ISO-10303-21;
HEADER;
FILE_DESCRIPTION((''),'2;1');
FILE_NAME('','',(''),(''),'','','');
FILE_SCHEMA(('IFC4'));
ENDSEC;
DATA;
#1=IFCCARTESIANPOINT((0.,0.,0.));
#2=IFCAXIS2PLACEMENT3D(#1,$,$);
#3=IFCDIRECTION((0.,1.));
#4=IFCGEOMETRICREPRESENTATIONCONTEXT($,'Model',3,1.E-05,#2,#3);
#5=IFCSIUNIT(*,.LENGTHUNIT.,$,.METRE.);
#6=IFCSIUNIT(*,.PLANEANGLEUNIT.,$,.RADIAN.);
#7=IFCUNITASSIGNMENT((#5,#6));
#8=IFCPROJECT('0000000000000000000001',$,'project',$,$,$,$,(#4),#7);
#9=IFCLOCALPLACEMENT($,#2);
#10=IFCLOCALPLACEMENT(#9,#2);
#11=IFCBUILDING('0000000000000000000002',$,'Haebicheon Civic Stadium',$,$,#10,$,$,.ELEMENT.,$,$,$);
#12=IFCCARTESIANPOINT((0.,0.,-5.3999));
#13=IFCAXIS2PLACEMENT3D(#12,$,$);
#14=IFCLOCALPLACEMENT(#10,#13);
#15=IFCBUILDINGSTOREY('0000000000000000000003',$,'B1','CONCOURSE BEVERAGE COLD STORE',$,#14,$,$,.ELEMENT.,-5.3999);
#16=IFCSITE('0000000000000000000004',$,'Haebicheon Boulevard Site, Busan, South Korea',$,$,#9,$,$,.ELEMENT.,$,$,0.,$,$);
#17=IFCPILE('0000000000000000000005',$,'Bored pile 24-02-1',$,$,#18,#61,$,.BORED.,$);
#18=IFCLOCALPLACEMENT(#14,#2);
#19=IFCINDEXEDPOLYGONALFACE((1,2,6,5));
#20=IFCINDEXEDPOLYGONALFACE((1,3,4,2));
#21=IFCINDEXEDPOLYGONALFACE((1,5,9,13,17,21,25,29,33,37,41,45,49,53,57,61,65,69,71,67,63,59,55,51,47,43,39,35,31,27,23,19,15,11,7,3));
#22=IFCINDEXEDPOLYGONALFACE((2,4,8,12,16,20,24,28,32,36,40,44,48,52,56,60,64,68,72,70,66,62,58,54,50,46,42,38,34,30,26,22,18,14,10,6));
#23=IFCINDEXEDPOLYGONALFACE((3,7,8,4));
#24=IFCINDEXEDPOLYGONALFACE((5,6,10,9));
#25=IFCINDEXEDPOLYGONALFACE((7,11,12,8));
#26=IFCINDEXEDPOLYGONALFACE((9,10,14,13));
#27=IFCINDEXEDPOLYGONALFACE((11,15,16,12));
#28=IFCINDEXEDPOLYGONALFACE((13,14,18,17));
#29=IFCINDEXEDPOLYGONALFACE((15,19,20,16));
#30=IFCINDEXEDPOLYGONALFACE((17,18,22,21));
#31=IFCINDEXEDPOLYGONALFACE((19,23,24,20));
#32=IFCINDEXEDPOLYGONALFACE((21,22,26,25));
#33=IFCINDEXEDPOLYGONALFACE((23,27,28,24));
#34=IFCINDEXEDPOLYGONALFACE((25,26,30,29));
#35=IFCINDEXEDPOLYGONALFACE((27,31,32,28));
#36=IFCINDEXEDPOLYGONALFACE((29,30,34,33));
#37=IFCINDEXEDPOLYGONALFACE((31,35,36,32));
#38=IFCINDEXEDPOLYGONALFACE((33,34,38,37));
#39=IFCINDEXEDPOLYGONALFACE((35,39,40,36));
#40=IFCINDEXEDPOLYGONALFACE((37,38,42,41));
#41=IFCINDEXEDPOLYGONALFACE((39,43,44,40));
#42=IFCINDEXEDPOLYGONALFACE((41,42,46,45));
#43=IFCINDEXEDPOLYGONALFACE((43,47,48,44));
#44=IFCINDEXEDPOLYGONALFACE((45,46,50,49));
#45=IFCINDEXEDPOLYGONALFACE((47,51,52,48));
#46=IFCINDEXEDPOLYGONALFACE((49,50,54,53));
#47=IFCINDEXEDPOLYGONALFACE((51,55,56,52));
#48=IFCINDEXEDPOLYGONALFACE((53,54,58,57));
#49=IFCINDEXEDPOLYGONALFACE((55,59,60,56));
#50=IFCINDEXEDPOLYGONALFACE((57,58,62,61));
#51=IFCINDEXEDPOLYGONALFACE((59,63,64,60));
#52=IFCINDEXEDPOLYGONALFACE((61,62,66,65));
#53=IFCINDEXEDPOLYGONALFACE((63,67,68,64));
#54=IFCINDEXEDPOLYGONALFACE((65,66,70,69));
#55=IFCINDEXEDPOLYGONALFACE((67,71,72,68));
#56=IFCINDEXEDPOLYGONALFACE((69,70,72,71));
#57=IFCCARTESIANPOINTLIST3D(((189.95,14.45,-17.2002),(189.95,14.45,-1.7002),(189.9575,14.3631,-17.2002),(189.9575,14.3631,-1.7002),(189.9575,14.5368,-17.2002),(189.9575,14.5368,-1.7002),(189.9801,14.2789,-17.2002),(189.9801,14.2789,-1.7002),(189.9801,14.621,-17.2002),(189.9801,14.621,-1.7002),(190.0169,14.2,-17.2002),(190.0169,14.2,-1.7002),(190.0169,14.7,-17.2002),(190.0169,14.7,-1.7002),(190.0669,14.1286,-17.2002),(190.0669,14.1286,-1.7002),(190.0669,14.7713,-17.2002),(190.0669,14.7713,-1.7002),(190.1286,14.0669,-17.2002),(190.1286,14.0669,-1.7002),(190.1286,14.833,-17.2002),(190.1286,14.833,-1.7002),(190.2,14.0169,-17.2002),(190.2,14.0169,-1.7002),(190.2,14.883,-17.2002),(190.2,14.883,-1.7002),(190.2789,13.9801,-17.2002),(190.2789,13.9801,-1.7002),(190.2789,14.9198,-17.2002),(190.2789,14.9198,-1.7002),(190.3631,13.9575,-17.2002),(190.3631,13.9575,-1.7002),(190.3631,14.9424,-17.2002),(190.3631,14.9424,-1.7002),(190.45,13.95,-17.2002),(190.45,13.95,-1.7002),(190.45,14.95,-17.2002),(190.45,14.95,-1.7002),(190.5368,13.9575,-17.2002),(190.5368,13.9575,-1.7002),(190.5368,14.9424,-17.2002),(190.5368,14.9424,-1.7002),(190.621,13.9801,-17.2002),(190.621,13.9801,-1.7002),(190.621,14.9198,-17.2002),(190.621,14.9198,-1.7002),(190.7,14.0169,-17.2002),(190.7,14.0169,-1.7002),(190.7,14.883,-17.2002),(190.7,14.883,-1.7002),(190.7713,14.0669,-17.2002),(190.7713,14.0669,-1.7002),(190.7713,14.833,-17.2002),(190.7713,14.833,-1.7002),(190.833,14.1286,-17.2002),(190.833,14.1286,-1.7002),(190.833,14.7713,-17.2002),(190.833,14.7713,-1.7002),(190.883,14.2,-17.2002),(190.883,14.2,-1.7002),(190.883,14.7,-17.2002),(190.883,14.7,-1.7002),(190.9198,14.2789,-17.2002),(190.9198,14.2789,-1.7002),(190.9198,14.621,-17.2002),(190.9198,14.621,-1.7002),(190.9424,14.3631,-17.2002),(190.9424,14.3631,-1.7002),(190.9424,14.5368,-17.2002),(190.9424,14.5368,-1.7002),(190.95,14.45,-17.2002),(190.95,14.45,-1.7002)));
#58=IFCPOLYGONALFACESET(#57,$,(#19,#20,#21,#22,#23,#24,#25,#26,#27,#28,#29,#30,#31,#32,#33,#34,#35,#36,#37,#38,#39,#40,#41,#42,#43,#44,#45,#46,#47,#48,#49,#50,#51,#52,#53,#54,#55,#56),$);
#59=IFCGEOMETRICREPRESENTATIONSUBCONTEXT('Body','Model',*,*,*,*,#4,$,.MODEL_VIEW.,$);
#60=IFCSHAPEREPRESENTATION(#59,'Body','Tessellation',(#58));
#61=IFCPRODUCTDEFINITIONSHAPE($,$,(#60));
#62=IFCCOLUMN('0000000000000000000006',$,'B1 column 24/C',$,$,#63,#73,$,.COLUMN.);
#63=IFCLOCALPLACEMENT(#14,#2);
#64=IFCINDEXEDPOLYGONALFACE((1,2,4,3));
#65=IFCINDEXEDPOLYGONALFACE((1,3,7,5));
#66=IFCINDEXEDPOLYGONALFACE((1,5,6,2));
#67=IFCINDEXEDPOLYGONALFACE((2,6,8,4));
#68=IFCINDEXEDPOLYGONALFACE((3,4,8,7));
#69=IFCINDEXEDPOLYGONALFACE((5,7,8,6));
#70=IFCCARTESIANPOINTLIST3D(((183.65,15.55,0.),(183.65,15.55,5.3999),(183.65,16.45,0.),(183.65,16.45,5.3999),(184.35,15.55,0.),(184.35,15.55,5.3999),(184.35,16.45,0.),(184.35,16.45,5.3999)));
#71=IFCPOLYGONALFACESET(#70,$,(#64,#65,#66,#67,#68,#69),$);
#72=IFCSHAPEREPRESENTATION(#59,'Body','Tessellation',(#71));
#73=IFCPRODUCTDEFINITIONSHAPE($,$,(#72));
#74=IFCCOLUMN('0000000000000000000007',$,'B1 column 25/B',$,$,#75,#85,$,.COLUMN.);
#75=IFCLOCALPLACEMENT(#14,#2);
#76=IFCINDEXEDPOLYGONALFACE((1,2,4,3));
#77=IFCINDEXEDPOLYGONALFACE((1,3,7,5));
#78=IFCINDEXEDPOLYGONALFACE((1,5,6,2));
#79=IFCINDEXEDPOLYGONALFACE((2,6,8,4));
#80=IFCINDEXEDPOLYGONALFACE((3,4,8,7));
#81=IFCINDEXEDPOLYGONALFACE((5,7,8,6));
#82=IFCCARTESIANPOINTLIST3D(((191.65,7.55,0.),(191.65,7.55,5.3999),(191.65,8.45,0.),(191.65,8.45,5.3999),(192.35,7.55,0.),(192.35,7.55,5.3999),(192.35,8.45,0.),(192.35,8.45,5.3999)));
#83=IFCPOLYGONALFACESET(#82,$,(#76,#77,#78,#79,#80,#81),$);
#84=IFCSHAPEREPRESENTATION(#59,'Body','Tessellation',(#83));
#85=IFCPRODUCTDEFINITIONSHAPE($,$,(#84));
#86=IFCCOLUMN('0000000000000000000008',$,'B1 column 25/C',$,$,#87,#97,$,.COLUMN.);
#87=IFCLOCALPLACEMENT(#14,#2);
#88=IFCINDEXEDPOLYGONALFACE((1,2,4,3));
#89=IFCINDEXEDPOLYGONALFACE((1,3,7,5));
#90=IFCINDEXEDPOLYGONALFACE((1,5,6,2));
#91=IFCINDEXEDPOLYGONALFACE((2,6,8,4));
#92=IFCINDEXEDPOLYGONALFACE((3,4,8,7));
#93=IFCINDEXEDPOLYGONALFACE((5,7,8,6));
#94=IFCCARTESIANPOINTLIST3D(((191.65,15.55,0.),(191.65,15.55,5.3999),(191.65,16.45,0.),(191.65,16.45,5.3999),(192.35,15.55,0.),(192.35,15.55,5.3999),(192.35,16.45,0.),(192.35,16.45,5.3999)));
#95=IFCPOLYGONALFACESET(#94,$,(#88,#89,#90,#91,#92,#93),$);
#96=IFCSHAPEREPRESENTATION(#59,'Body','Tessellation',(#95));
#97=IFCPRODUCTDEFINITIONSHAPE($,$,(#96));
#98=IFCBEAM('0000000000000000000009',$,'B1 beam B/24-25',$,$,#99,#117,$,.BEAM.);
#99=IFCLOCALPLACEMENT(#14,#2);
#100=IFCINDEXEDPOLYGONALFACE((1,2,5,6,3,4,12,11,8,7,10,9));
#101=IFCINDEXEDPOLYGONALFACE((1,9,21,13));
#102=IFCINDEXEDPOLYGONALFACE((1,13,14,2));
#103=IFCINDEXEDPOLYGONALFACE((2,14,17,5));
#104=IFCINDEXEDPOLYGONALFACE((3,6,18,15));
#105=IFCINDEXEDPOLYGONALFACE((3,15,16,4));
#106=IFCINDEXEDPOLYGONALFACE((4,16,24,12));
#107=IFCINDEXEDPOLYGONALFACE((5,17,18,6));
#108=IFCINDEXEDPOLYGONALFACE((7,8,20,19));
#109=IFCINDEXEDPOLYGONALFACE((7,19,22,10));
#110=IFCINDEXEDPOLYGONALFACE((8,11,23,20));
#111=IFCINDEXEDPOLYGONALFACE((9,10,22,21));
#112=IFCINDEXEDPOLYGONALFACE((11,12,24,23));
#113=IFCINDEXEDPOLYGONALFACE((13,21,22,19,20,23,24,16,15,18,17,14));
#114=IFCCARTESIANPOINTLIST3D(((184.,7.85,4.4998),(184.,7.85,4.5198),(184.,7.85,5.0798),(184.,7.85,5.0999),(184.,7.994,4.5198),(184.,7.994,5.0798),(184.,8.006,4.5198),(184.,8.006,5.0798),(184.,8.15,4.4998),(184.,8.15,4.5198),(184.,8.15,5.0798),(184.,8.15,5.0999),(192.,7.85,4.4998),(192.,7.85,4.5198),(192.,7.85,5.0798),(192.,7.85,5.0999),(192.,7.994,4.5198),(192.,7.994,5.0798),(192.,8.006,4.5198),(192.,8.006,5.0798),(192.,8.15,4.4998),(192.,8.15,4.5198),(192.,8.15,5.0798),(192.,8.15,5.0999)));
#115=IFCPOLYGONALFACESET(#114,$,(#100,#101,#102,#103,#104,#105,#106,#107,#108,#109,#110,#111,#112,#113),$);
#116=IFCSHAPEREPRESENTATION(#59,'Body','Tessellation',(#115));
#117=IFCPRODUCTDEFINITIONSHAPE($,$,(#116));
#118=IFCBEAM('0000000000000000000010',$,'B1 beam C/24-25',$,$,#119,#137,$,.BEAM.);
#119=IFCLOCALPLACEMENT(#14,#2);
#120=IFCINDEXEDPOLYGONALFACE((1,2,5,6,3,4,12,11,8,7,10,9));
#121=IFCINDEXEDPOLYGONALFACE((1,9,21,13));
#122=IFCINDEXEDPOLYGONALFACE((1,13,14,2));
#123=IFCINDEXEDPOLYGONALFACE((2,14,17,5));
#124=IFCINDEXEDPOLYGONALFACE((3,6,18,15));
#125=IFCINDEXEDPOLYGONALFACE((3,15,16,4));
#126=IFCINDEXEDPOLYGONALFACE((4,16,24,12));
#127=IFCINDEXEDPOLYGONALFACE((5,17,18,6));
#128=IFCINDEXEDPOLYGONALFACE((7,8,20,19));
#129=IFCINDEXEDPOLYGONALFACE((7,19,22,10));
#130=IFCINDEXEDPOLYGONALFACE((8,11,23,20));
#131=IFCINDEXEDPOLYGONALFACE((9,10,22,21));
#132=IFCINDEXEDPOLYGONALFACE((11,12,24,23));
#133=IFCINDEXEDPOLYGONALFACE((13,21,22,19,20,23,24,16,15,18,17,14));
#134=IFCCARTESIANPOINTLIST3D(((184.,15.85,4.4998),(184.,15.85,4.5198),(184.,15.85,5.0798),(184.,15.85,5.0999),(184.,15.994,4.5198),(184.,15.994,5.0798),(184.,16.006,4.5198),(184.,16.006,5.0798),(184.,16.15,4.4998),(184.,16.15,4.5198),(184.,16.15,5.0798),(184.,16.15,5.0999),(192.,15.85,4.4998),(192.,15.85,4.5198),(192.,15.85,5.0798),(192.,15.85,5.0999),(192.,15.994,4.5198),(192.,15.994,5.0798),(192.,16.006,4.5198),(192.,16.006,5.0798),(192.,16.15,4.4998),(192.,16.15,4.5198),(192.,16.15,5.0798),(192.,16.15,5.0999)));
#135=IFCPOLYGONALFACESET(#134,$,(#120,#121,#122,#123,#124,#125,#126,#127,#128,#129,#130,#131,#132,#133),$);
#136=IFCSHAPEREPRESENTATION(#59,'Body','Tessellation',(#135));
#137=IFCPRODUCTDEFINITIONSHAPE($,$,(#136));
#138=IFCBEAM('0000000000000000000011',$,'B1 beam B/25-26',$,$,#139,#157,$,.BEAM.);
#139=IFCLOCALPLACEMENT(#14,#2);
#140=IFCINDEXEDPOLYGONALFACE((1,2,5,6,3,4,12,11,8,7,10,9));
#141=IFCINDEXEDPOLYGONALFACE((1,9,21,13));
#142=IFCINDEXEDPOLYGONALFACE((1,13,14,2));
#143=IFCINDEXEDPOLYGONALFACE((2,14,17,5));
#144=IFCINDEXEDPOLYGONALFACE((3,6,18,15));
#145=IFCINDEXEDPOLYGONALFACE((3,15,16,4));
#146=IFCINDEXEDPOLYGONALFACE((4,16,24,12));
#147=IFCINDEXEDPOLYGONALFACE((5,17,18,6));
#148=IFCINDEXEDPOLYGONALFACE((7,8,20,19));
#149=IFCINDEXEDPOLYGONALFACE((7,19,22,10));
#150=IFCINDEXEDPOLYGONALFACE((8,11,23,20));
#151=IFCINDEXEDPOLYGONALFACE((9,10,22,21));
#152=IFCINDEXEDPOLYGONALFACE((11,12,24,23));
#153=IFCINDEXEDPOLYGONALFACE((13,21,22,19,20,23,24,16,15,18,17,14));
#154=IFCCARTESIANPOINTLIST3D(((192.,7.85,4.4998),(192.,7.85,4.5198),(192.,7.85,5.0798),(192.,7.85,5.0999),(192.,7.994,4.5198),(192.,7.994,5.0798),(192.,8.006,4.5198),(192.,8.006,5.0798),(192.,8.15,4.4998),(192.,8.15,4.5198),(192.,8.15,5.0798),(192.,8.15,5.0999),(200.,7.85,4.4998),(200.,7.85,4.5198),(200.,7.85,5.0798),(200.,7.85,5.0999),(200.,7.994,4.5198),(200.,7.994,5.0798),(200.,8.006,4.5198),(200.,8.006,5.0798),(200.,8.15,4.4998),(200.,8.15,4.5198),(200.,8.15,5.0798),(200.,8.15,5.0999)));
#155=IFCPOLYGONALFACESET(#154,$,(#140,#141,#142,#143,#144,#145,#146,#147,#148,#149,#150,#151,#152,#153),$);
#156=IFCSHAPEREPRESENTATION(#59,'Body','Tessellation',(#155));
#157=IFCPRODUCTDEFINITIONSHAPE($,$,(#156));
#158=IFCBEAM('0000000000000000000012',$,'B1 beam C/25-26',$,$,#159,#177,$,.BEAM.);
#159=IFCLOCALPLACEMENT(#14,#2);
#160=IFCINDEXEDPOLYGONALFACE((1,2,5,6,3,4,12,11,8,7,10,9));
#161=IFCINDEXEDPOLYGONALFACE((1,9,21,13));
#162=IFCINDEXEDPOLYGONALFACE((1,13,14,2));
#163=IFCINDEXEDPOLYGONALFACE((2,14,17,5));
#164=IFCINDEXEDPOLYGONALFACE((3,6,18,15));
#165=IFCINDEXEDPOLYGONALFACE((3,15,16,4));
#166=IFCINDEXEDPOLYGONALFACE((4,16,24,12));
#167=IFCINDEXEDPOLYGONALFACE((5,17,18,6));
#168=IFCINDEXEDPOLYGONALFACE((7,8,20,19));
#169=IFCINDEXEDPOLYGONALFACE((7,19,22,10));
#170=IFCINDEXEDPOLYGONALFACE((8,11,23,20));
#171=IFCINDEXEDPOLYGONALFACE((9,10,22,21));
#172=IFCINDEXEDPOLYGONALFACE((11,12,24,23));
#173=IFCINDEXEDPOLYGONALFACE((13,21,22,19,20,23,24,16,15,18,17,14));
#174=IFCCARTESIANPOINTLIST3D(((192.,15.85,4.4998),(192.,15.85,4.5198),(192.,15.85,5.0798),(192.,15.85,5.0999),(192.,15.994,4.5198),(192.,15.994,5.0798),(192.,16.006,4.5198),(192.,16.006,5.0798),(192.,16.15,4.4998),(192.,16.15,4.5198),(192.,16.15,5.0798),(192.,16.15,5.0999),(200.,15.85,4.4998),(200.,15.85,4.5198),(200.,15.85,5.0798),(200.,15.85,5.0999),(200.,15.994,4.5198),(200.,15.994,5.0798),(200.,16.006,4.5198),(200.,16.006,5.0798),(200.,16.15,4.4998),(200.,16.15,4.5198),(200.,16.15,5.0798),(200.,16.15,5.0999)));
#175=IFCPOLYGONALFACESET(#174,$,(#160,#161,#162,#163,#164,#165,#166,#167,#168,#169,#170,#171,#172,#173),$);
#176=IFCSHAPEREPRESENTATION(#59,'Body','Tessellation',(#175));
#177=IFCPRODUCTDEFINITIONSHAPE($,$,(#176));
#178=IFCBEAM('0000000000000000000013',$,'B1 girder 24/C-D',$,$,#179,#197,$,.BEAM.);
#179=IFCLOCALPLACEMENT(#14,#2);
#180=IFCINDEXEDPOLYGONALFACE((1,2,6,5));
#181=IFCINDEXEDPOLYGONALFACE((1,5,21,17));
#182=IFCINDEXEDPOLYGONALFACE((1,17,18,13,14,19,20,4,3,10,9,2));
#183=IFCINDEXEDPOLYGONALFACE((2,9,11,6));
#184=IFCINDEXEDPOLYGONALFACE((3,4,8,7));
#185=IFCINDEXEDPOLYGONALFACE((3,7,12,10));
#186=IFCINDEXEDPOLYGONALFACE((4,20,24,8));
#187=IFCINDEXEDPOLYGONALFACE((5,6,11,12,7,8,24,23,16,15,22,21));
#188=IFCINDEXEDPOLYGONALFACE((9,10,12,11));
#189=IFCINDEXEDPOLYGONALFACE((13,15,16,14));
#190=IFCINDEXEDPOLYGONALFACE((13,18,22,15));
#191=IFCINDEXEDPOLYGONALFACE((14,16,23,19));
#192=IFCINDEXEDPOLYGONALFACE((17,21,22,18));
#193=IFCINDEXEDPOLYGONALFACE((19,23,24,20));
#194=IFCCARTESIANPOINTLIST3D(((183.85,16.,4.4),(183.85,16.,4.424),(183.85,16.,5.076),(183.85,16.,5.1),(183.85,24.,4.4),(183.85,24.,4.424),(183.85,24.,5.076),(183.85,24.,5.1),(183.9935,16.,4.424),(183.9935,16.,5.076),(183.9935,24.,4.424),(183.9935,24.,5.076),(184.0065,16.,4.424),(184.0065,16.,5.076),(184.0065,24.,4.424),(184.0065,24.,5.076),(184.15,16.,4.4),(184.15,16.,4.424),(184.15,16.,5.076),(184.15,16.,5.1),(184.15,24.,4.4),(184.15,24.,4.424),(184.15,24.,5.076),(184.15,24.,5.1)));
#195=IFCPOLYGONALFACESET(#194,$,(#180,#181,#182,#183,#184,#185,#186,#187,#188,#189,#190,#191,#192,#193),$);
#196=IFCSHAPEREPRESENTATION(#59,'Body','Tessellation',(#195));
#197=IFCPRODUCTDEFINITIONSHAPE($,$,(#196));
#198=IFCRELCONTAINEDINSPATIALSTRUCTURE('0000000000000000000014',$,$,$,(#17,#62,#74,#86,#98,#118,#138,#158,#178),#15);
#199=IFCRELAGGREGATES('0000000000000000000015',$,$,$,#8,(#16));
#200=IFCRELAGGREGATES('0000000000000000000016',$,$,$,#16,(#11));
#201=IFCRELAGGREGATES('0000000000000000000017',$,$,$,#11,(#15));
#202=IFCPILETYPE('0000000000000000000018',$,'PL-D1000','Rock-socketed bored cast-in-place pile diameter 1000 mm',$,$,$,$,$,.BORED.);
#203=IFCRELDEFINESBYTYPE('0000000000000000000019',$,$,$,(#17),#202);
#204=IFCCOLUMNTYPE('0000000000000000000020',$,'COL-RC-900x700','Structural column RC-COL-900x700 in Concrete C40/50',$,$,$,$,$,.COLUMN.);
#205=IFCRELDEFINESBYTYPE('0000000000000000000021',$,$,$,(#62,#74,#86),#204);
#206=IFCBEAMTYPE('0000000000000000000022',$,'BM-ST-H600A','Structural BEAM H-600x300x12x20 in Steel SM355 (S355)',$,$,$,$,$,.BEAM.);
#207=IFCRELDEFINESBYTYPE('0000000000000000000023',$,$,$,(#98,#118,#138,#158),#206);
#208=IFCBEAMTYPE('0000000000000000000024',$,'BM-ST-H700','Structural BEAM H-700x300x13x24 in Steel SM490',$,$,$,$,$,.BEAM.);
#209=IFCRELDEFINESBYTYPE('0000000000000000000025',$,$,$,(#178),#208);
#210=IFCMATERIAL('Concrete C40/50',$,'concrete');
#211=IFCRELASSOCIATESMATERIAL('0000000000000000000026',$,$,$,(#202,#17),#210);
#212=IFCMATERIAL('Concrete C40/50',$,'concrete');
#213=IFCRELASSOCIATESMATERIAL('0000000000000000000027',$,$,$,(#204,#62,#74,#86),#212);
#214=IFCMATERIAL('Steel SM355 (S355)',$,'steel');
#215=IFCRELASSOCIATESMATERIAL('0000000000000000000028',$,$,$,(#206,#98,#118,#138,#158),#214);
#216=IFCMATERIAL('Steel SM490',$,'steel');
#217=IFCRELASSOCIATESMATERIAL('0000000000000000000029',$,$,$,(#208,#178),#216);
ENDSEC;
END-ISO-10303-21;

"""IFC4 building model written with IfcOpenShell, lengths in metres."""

from ifc_helpers import new_model, si_unit, direction, frame, origin, origin_2d, place, context, subcontext, project, spatial, rectangle, circle, i_section, extrude, material, material_profile, profile_set, type_object, element, save


model = new_model("IFC4")

# Units and contexts
model_context = context("Model", 3, precision=1e-05, world=origin(), true_north=direction((0.0, 1.0)))
body_context = subcontext(model_context, "Body", "Model", "MODEL_VIEW")
ifc_project = project(units=[si_unit("LENGTHUNIT", "METRE"), si_unit("PLANEANGLEUNIT", "RADIAN")], contexts=[model_context])

# Site, building, storey
site_placement = place(None, origin())
site = spatial("IfcSite", under=ifc_project, at=site_placement, Name="Haebicheon Boulevard Site, Busan, South Korea", CompositionType="ELEMENT", RefElevation=0.0)
building_placement = place(site_placement, origin())
building = spatial("IfcBuilding", under=site, at=building_placement, Name="Haebicheon Civic Stadium", CompositionType="ELEMENT")
storey_placement = place(building_placement, frame((0.0, 0.0, -5.3999)))
storey = spatial("IfcBuildingStorey", under=building, at=storey_placement, Name="B1", Description="CONCOURSE BEVERAGE COLD STORE", CompositionType="ELEMENT", Elevation=-5.3999)

# Pile
ifc_material_1 = material(Name="Concrete C40/50", Category="concrete")
ifc_material_profile_1 = material_profile(ifc_material_1, circle(Radius=0.5, at=origin_2d()), Name="PILE-D1000")
ifc_profile_set_1 = profile_set([ifc_material_profile_1], Name="Concrete C40/50")
pile_type = type_object("IfcPileType", Name="PL-D1000", Description="Rock-socketed bored cast-in-place pile diameter 1000 mm", PredefinedType="BORED", material=ifc_profile_set_1)
for number, where, z_axis, x_axis, name in (
    (1, (190.45, 14.45, -1.7002), (0.0, 0.0, -1.0), (1.0, 0.0, 0.0), "Bored pile 24-02-1"),
):
    element("IfcPile", number, at=place(storey_placement, frame(where, z_axis=z_axis, x_axis=x_axis)), inside=storey, type_object=pile_type, material=ifc_profile_set_1, Name=name, PredefinedType="BORED", context=body_context, shape_type="SweptSolid", body=[
        extrude(circle(Radius=0.5, at=origin_2d()), origin(), (0.0, 0.0, 1.0), 15.5),
    ])

# Columns
ifc_material_2 = material(Name="Concrete C40/50", Category="concrete")
ifc_material_profile_2 = material_profile(ifc_material_2, rectangle(XDim=0.7, YDim=0.8999, at=origin_2d()), Name="RC-COL-900x700")
ifc_profile_set_2 = profile_set([ifc_material_profile_2], Name="Concrete C40/50")
column_type = type_object("IfcColumnType", Name="COL-RC-900x700", Description="Structural column RC-COL-900x700 in Concrete C40/50", PredefinedType="COLUMN", material=ifc_profile_set_2)
for number, where, z_axis, x_axis, name in (
    (2, (184.0, 16.0, 0.0), (0.0, 0.0, 1.0), (1.0, 0.0, 0.0), "B1 column 24/C"),
    (3, (192.0, 8.0, 0.0), (0.0, 0.0, 1.0), (1.0, 0.0, 0.0), "B1 column 25/B"),
    (4, (192.0, 16.0, 0.0), (0.0, 0.0, 1.0), (1.0, 0.0, 0.0), "B1 column 25/C"),
):
    element("IfcColumn", number, at=place(storey_placement, frame(where, z_axis=z_axis, x_axis=x_axis)), inside=storey, type_object=column_type, material=ifc_profile_set_2, Name=name, PredefinedType="COLUMN", context=body_context, shape_type="SweptSolid", body=[
        extrude(rectangle(XDim=0.7, YDim=0.8999, at=origin_2d()), origin(), (0.0, 0.0, 1.0), 5.3999),
    ])

# Beams
ifc_material_3 = material(Name="Steel SM355 (S355)", Category="steel")
ifc_material_profile_3 = material_profile(ifc_material_3, i_section(OverallWidth=0.3, OverallDepth=0.6001, WebThickness=0.012, FlangeThickness=0.02, at=origin_2d()), Name="H-600x300x12x20")
ifc_profile_set_3 = profile_set([ifc_material_profile_3], Name="Steel SM355 (S355)")
beam_type_1 = type_object("IfcBeamType", Name="BM-ST-H600A", Description="Structural BEAM H-600x300x12x20 in Steel SM355 (S355)", PredefinedType="BEAM", material=ifc_profile_set_3)
for number, where, z_axis, x_axis, name in (
    (5, (184.0, 8.0, 4.7998), (1.0, 0.0, 0.0), (0.0, 1.0, 0.0), "B1 beam B/24-25"),
    (6, (184.0, 16.0, 4.7998), (1.0, 0.0, 0.0), (0.0, 1.0, 0.0), "B1 beam C/24-25"),
    (7, (192.0, 8.0, 4.7998), (1.0, 0.0, 0.0), (0.0, 1.0, 0.0), "B1 beam B/25-26"),
    (8, (192.0, 16.0, 4.7998), (1.0, 0.0, 0.0), (0.0, 1.0, 0.0), "B1 beam C/25-26"),
):
    element("IfcBeam", number, at=place(storey_placement, frame(where, z_axis=z_axis, x_axis=x_axis)), inside=storey, type_object=beam_type_1, material=ifc_profile_set_3, Name=name, PredefinedType="BEAM", context=body_context, shape_type="SweptSolid", body=[
        extrude(i_section(OverallWidth=0.3, OverallDepth=0.6001, WebThickness=0.012, FlangeThickness=0.02, at=origin_2d()), origin(), (0.0, 0.0, 1.0), 8.0),
    ])
ifc_material_4 = material(Name="Steel SM490", Category="steel")
ifc_material_profile_4 = material_profile(ifc_material_4, i_section(OverallWidth=0.3, OverallDepth=0.7, WebThickness=0.0129, FlangeThickness=0.0239, at=origin_2d()), Name="H-700x300x13x24")
ifc_profile_set_4 = profile_set([ifc_material_profile_4], Name="Steel SM490")
beam_type_2 = type_object("IfcBeamType", Name="BM-ST-H700", Description="Structural BEAM H-700x300x13x24 in Steel SM490", PredefinedType="BEAM", material=ifc_profile_set_4)
for number, where, z_axis, x_axis, name in (
    (9, (184.0, 16.0, 4.75), (0.0, 1.0, 0.0), (-1.0, 0.0, 0.0), "B1 girder 24/C-D"),
):
    element("IfcBeam", number, at=place(storey_placement, frame(where, z_axis=z_axis, x_axis=x_axis)), inside=storey, type_object=beam_type_2, material=ifc_profile_set_4, Name=name, PredefinedType="BEAM", context=body_context, shape_type="SweptSolid", body=[
        extrude(i_section(OverallWidth=0.3, OverallDepth=0.7, WebThickness=0.0129, FlangeThickness=0.0239, at=origin_2d()), origin(), (0.0, 0.0, 1.0), 8.0),
    ])

save(model, "model.ifc")
